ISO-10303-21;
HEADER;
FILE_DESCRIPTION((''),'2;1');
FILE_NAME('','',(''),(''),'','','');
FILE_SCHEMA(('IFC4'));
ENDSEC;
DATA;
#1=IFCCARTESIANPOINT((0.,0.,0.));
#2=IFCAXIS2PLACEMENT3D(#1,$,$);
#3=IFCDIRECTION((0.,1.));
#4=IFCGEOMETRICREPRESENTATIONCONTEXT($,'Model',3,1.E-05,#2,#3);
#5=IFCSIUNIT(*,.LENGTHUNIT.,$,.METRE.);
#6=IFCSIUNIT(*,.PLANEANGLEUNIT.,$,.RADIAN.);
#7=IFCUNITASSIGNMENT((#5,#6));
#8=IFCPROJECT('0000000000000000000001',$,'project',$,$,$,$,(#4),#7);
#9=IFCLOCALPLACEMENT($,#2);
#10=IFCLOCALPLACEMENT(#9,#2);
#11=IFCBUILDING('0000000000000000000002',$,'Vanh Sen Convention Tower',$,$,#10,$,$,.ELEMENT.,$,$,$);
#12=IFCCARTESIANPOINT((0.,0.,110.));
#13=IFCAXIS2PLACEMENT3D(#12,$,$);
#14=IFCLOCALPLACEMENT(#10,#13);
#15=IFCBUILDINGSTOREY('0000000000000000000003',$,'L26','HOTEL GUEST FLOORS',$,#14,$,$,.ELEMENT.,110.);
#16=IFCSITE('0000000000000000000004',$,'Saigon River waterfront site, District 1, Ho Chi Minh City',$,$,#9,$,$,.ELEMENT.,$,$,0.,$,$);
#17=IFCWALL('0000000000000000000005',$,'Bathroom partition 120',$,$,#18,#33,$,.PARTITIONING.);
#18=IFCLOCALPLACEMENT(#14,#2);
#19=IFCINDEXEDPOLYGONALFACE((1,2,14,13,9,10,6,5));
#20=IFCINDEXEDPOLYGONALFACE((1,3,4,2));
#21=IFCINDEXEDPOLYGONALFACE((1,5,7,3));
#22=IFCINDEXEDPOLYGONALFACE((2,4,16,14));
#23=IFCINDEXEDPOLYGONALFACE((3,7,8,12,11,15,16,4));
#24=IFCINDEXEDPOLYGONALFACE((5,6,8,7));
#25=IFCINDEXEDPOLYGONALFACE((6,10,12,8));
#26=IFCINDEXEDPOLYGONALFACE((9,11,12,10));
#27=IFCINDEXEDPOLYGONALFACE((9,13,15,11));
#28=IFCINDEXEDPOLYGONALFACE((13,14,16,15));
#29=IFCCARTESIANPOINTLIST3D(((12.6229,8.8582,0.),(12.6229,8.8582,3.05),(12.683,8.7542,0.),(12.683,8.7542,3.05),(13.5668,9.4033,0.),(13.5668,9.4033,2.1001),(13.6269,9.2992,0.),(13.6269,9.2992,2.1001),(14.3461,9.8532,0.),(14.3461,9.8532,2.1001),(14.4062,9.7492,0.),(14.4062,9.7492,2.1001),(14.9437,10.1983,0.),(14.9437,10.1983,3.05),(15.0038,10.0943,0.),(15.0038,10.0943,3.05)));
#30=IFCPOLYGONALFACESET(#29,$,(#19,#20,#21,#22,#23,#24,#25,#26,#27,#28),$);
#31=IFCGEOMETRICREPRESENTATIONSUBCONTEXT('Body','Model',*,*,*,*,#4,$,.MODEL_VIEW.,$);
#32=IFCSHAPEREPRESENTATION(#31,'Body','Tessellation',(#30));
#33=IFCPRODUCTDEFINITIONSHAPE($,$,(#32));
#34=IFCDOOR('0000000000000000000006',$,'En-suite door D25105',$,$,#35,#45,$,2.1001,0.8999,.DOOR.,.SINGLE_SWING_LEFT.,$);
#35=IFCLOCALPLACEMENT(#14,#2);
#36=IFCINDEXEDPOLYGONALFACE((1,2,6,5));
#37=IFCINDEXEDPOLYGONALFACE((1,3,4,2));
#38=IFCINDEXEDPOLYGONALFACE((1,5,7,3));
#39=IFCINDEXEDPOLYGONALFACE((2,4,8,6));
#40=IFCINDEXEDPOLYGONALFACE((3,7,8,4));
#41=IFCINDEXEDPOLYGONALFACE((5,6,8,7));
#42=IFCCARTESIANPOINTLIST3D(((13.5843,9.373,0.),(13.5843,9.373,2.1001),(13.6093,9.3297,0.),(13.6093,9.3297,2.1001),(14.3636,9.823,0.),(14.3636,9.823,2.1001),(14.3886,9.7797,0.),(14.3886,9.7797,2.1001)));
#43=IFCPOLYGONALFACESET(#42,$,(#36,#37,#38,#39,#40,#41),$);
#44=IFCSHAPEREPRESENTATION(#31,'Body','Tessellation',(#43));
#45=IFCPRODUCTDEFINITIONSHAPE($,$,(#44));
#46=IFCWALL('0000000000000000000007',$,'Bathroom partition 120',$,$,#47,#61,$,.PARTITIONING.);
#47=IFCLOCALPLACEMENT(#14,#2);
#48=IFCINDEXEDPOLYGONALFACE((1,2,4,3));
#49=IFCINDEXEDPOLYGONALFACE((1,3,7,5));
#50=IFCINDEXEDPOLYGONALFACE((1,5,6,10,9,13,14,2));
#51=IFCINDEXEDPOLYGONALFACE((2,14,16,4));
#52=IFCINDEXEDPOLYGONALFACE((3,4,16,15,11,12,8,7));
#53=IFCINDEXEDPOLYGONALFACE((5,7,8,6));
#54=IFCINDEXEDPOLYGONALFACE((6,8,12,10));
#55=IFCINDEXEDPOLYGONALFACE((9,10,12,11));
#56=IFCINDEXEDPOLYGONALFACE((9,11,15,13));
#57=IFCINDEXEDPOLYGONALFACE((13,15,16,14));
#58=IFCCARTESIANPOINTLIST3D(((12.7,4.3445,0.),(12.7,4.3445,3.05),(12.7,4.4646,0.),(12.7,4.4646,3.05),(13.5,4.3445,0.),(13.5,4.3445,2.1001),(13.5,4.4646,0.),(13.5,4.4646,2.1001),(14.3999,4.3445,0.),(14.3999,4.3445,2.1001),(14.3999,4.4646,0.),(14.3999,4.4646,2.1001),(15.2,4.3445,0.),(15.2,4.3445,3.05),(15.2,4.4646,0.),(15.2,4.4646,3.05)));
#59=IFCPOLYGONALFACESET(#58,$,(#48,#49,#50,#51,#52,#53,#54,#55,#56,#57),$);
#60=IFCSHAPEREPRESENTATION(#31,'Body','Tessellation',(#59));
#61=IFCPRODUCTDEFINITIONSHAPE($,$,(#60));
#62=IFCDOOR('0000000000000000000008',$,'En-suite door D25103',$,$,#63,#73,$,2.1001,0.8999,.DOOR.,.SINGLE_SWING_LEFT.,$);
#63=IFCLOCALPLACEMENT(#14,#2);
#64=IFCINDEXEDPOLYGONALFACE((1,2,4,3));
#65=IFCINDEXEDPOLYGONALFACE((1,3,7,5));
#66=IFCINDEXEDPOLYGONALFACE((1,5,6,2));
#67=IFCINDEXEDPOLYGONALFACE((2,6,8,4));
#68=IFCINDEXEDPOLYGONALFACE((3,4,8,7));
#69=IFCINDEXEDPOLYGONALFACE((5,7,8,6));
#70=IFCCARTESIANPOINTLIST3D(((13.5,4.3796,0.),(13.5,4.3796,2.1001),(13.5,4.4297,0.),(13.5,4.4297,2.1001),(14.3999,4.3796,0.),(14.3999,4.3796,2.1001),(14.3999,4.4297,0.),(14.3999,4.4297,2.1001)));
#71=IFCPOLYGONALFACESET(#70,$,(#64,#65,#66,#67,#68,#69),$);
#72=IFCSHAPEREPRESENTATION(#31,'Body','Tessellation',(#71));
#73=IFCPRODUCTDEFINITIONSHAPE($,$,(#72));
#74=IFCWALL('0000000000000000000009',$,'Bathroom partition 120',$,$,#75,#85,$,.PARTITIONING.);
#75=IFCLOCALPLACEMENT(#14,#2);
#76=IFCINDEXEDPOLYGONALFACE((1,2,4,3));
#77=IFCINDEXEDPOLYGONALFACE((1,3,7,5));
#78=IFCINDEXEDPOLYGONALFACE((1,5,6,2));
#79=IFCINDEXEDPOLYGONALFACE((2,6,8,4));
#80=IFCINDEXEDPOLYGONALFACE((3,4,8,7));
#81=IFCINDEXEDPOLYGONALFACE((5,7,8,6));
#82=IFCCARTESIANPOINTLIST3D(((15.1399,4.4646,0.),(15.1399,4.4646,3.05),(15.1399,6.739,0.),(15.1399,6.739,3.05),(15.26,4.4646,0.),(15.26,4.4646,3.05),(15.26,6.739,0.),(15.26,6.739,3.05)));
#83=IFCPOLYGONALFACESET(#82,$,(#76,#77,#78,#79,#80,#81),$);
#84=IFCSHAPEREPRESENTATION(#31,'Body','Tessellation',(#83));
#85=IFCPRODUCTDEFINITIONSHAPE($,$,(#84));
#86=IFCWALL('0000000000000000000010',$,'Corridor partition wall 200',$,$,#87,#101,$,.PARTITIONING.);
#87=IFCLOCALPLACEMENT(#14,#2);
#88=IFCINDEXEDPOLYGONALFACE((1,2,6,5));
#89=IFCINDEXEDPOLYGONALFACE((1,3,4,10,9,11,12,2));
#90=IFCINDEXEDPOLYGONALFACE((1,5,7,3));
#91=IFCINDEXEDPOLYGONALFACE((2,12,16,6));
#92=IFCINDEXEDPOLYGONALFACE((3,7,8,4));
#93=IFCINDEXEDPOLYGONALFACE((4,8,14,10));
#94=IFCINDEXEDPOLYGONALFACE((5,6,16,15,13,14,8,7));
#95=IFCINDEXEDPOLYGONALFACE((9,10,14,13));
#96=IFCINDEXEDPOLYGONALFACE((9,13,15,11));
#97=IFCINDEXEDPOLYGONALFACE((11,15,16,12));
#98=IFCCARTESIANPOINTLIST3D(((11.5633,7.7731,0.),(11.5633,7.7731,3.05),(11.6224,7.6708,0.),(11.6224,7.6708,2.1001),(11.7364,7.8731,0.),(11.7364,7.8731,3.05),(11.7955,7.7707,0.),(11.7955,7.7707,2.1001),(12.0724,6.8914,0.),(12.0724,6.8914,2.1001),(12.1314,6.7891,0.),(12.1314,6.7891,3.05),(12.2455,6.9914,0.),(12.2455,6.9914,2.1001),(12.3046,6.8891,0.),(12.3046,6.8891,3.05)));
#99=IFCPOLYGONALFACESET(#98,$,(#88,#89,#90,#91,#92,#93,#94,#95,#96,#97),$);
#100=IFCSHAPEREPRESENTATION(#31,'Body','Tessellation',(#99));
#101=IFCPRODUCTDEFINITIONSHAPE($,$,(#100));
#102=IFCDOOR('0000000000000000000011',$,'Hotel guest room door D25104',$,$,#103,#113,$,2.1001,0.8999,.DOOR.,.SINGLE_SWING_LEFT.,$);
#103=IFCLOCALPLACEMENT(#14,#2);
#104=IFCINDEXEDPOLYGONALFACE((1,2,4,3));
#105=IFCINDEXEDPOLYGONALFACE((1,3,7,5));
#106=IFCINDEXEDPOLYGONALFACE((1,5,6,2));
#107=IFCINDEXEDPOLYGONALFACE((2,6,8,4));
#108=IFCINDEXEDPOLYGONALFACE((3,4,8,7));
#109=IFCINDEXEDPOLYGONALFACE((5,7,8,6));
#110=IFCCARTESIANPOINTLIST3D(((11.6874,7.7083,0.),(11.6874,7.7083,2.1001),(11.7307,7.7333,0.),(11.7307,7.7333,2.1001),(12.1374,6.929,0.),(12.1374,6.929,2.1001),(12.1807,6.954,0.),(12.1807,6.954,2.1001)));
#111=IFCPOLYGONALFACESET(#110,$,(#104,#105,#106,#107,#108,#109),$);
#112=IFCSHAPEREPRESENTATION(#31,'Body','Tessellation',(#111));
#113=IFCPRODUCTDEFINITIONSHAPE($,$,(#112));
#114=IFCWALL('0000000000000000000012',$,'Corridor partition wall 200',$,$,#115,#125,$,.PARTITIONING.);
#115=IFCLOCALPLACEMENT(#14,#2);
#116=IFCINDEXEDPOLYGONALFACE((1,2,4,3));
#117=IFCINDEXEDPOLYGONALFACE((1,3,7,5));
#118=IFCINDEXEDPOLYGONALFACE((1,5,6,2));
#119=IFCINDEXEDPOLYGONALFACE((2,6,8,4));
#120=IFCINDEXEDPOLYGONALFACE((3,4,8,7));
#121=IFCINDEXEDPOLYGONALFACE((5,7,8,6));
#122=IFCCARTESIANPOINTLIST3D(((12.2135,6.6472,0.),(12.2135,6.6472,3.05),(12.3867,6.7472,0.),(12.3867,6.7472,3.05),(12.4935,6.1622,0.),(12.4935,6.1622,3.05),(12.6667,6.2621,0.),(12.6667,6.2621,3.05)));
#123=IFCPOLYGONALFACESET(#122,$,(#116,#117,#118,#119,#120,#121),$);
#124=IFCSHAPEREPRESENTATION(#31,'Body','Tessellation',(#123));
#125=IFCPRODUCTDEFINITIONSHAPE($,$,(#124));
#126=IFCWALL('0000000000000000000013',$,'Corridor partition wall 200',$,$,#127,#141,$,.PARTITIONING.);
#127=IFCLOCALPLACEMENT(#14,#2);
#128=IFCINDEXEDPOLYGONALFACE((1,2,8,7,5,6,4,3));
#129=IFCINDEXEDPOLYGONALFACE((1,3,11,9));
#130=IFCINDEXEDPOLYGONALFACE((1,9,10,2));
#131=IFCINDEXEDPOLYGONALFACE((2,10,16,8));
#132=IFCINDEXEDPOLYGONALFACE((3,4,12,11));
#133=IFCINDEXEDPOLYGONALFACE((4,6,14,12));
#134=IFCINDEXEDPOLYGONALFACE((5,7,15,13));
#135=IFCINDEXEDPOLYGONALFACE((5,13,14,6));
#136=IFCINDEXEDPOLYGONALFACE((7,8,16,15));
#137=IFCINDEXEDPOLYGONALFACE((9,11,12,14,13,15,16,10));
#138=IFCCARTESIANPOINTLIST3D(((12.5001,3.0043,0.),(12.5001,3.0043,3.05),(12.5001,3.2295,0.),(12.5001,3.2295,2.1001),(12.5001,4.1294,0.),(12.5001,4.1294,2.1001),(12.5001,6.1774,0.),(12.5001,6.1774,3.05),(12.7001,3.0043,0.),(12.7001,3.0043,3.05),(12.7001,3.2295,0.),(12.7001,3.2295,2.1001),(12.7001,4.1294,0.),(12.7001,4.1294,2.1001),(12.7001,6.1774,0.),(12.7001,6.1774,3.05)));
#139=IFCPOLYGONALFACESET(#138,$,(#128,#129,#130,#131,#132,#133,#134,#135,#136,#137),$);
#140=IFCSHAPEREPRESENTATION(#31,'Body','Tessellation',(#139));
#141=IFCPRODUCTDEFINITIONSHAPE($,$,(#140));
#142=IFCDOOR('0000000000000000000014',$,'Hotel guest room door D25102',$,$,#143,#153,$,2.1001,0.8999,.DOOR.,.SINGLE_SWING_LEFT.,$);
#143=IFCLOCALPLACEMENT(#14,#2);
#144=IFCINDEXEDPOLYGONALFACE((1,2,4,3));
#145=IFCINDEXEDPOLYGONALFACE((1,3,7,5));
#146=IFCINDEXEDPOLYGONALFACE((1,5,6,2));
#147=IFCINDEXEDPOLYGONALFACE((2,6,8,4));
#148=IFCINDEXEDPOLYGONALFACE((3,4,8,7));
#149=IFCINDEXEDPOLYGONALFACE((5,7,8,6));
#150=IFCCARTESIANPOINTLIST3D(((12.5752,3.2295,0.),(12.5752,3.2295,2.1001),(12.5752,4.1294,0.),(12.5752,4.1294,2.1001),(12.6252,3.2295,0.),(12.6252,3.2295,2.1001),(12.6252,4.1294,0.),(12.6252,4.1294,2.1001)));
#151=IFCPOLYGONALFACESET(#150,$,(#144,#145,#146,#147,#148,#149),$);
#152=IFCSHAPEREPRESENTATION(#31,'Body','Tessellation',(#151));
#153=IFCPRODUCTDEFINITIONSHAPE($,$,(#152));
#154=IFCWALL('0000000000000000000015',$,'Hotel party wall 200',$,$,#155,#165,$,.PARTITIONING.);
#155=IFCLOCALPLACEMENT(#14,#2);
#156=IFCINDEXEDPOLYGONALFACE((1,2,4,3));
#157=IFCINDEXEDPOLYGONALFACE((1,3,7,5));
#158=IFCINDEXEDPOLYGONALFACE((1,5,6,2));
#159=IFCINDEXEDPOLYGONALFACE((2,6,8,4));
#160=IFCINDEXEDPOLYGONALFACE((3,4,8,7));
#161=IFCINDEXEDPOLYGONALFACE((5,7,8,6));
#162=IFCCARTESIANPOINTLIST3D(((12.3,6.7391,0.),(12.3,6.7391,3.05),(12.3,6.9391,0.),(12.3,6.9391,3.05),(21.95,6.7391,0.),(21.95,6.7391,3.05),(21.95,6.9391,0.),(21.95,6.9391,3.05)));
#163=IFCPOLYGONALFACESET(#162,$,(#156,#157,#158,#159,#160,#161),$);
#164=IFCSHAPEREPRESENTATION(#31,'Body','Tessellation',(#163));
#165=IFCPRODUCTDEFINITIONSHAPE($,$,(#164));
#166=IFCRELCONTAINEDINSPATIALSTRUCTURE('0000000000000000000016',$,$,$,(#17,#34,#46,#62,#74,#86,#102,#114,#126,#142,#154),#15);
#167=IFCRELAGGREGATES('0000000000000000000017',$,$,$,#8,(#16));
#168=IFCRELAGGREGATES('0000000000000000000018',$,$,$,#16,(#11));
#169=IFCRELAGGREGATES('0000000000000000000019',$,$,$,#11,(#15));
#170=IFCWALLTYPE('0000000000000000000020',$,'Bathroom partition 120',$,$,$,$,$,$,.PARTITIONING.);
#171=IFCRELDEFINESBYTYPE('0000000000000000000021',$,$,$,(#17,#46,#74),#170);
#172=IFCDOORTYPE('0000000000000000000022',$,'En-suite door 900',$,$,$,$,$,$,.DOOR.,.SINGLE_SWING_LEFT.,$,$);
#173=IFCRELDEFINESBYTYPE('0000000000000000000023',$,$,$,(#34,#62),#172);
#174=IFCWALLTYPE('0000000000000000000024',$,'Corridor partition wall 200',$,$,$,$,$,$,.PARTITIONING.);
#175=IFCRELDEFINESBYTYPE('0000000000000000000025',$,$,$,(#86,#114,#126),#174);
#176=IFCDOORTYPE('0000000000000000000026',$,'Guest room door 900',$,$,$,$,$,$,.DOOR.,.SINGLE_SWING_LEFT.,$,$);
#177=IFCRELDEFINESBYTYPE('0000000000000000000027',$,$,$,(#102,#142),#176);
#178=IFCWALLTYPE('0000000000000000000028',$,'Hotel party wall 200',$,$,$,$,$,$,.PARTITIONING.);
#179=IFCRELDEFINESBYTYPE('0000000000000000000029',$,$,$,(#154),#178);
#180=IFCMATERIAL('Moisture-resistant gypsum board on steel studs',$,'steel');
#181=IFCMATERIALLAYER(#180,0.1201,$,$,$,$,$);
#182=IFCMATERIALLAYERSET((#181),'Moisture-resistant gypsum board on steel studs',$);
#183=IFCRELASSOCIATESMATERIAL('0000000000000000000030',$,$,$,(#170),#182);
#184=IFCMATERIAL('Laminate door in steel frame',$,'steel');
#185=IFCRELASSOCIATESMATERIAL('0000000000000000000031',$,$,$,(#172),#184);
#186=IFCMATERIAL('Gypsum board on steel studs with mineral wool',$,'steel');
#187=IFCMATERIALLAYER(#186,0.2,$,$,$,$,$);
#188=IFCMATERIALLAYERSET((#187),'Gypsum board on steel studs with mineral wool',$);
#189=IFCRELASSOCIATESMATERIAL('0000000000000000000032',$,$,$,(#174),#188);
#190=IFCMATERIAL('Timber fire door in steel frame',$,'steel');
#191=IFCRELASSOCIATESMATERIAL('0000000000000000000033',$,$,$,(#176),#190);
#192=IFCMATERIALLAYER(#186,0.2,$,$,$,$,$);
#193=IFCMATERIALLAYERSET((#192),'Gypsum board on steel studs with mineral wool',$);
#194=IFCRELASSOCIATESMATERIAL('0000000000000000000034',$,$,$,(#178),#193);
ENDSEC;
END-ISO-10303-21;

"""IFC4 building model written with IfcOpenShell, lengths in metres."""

from ifc_helpers import new_model, si_unit, direction, frame, frame_2d, origin, place, context, subcontext, project, spatial, rectangle, extrude, material, layer, layer_set, type_object, element, fill, save


model = new_model("IFC4")

# Units and contexts
model_context = context("Model", 3, precision=1e-05, world=origin(), true_north=direction((0.0, 1.0)))
body_context = subcontext(model_context, "Body", "Model", "MODEL_VIEW")
ifc_project = project(units=[si_unit("LENGTHUNIT", "METRE"), si_unit("PLANEANGLEUNIT", "RADIAN")], contexts=[model_context])

# Site, building, storey
site_placement = place(None, origin())
site = spatial("IfcSite", under=ifc_project, at=site_placement, Name="Saigon River waterfront site, District 1, Ho Chi Minh City", CompositionType="ELEMENT", RefElevation=0.0)
building_placement = place(site_placement, origin())
building = spatial("IfcBuilding", under=site, at=building_placement, Name="Vanh Sen Convention Tower", CompositionType="ELEMENT")
storey_placement = place(building_placement, frame((0.0, 0.0, 110.0)))
storey = spatial("IfcBuildingStorey", under=building, at=storey_placement, Name="L26", Description="HOTEL GUEST FLOORS", CompositionType="ELEMENT", Elevation=110.0)

# Shared definitions
ifc_material_1 = material(Name="Moisture-resistant gypsum board on steel studs", Category="steel")
ifc_layer_1 = layer(ifc_material_1, 0.1201)
ifc_layer_set_1 = layer_set([ifc_layer_1], Name="Moisture-resistant gypsum board on steel studs")
wall_type_1 = type_object("IfcWallType", Name="Bathroom partition 120", PredefinedType="PARTITIONING", material=ifc_layer_set_1)

# Walls, openings, doors
wall_1_placement = place(storey_placement, frame((14.9736, 10.1462, 0.0), z_axis=(0.0, 0.0, 1.0), x_axis=(-0.865997, -0.500048, 0.0)))
wall_1 = element("IfcWall", 1, at=wall_1_placement, inside=storey, type_object=wall_type_1, Name="Bathroom partition 120", PredefinedType="PARTITIONING", context=body_context, shape_type="SweptSolid", body=[
    extrude(rectangle(XDim=2.6799, YDim=0.1201, at=frame_2d((1.3398, 0.0))), origin(), (0.0, 0.0, 1.0), 3.05),
])
opening_1_placement = place(wall_1_placement, frame((0.6899, 0.0, 0.0)))
opening_1 = element("IfcOpeningElement", 2, at=opening_1_placement, cuts=wall_1, PredefinedType="OPENING", context=body_context, shape_type="SweptSolid", body=[
    extrude(rectangle(XDim=0.8999, YDim=2.1001, at=frame_2d((0.45, 1.05))), frame((0.0, 0.0701, 0.0), z_axis=(0.0, -1.0, 0.0), x_axis=(1.0, 0.0, 0.0)), (0.0, 0.0, 1.0), 0.1401),
])
ifc_material_2 = material(Name="Laminate door in steel frame", Category="steel")
door_type_1 = type_object("IfcDoorType", Name="En-suite door 900", OperationType="SINGLE_SWING_LEFT", PredefinedType="DOOR", material=ifc_material_2)
door_1_placement = place(opening_1_placement, origin())
door_1 = element("IfcDoor", 3, at=door_1_placement, inside=storey, type_object=door_type_1, Name="En-suite door D25105", OperationType="SINGLE_SWING_LEFT", OverallHeight=2.1001, OverallWidth=0.8999, PredefinedType="DOOR", context=body_context, shape_type="SweptSolid", body=[
    extrude(rectangle(XDim=0.8999, YDim=2.1001, at=frame_2d((0.45, 1.05))), frame((0.0, 0.0249, 0.0), z_axis=(0.0, -1.0, 0.0), x_axis=(1.0, 0.0, 0.0)), (0.0, 0.0, 1.0), 0.05),
])
fill(opening_1, door_1)
wall_2_placement = place(storey_placement, frame((15.2, 4.4045, 0.0), z_axis=(0.0, 0.0, 1.0), x_axis=(-1.0, 0.0, 0.0)))
wall_2 = element("IfcWall", 4, at=wall_2_placement, inside=storey, type_object=wall_type_1, Name="Bathroom partition 120", PredefinedType="PARTITIONING", context=body_context, shape_type="SweptSolid", body=[
    extrude(rectangle(XDim=2.5, YDim=0.1201, at=frame_2d((1.25, 0.0))), origin(), (0.0, 0.0, 1.0), 3.05),
])
opening_2_placement = place(wall_2_placement, frame((0.8, 0.0, 0.0)))
opening_2 = element("IfcOpeningElement", 5, at=opening_2_placement, cuts=wall_2, PredefinedType="OPENING", context=body_context, shape_type="SweptSolid", body=[
    extrude(rectangle(XDim=0.8999, YDim=2.1001, at=frame_2d((0.45, 1.05))), frame((0.0, 0.0701, 0.0), z_axis=(0.0, -1.0, 0.0), x_axis=(1.0, 0.0, 0.0)), (0.0, 0.0, 1.0), 0.1401),
])
door_2_placement = place(opening_2_placement, origin())
door_2 = element("IfcDoor", 6, at=door_2_placement, inside=storey, type_object=door_type_1, Name="En-suite door D25103", OperationType="SINGLE_SWING_LEFT", OverallHeight=2.1001, OverallWidth=0.8999, PredefinedType="DOOR", context=body_context, shape_type="SweptSolid", body=[
    extrude(rectangle(XDim=0.8999, YDim=2.1001, at=frame_2d((0.45, 1.05))), frame((0.0, 0.0249, 0.0), z_axis=(0.0, -1.0, 0.0), x_axis=(1.0, 0.0, 0.0)), (0.0, 0.0, 1.0), 0.05),
])
fill(opening_2, door_2)

# Wall
wall_3_placement = place(storey_placement, frame((15.2, 6.739, 0.0), z_axis=(0.0, 0.0, 1.0), x_axis=(0.0, -1.0, 0.0)))
element("IfcWall", 7, at=wall_3_placement, inside=storey, type_object=wall_type_1, Name="Bathroom partition 120", PredefinedType="PARTITIONING", context=body_context, shape_type="SweptSolid", body=[
    extrude(rectangle(XDim=2.2744, YDim=0.1201, at=frame_2d((1.1372, 0.0))), origin(), (0.0, 0.0, 1.0), 3.05),
])

# Wall, opening, door
ifc_material_3 = material(Name="Gypsum board on steel studs with mineral wool", Category="steel")
ifc_layer_2 = layer(ifc_material_3, 0.2)
ifc_layer_set_2 = layer_set([ifc_layer_2], Name="Gypsum board on steel studs with mineral wool")
wall_type_2 = type_object("IfcWallType", Name="Corridor partition wall 200", PredefinedType="PARTITIONING", material=ifc_layer_set_2)
wall_4_placement = place(storey_placement, frame((12.218, 6.8391, 0.0), z_axis=(0.0, 0.0, 1.0), x_axis=(-0.500045, 0.865999, 0.0)))
wall_4 = element("IfcWall", 8, at=wall_4_placement, inside=storey, type_object=wall_type_2, Name="Corridor partition wall 200", PredefinedType="PARTITIONING", context=body_context, shape_type="SweptSolid", body=[
    extrude(rectangle(XDim=1.1362, YDim=0.2, at=frame_2d((0.5681, 0.0))), origin(), (0.0, 0.0, 1.0), 3.05),
])
opening_3_placement = place(wall_4_placement, frame((0.1182, 0.0, 0.0)))
opening_3 = element("IfcOpeningElement", 9, at=opening_3_placement, cuts=wall_4, PredefinedType="OPENING", context=body_context, shape_type="SweptSolid", body=[
    extrude(rectangle(XDim=0.8999, YDim=2.1001, at=frame_2d((0.45, 1.05))), frame((0.0, 0.1099, 0.0), z_axis=(0.0, -1.0, 0.0), x_axis=(1.0, 0.0, 0.0)), (0.0, 0.0, 1.0), 0.22),
])
ifc_material_4 = material(Name="Timber fire door in steel frame", Category="steel")
door_type_2 = type_object("IfcDoorType", Name="Guest room door 900", OperationType="SINGLE_SWING_LEFT", PredefinedType="DOOR", material=ifc_material_4)
door_3_placement = place(opening_3_placement, origin())
door_3 = element("IfcDoor", 10, at=door_3_placement, inside=storey, type_object=door_type_2, Name="Hotel guest room door D25104", OperationType="SINGLE_SWING_LEFT", OverallHeight=2.1001, OverallWidth=0.8999, PredefinedType="DOOR", context=body_context, shape_type="SweptSolid", body=[
    extrude(rectangle(XDim=0.8999, YDim=2.1001, at=frame_2d((0.45, 1.05))), frame((0.0, 0.0249, 0.0), z_axis=(0.0, -1.0, 0.0), x_axis=(1.0, 0.0, 0.0)), (0.0, 0.0, 1.0), 0.05),
])
fill(opening_3, door_3)

# Wall
wall_5_placement = place(storey_placement, frame((12.5801, 6.2122, 0.0), z_axis=(0.0, 0.0, 1.0), x_axis=(-0.499936, 0.866062, 0.0)))
element("IfcWall", 11, at=wall_5_placement, inside=storey, type_object=wall_type_2, Name="Corridor partition wall 200", PredefinedType="PARTITIONING", context=body_context, shape_type="SweptSolid", body=[
    extrude(rectangle(XDim=0.5601, YDim=0.2, at=frame_2d((0.28, 0.0))), origin(), (0.0, 0.0, 1.0), 3.05),
])

# Wall, opening, door
wall_6_placement = place(storey_placement, frame((12.6001, 3.0044, 0.0), z_axis=(0.0, 0.0, 1.0), x_axis=(0.0, 1.0, 0.0)))
wall_6 = element("IfcWall", 12, at=wall_6_placement, inside=storey, type_object=wall_type_2, Name="Corridor partition wall 200", PredefinedType="PARTITIONING", context=body_context, shape_type="SweptSolid", body=[
    extrude(rectangle(XDim=3.1731, YDim=0.2, at=frame_2d((1.5864, 0.0))), origin(), (0.0, 0.0, 1.0), 3.05),
])
opening_4_placement = place(wall_6_placement, frame((0.2251, 0.0, 0.0)))
opening_4 = element("IfcOpeningElement", 13, at=opening_4_placement, cuts=wall_6, PredefinedType="OPENING", context=body_context, shape_type="SweptSolid", body=[
    extrude(rectangle(XDim=0.8999, YDim=2.1001, at=frame_2d((0.45, 1.05))), frame((0.0, 0.1099, 0.0), z_axis=(0.0, -1.0, 0.0), x_axis=(1.0, 0.0, 0.0)), (0.0, 0.0, 1.0), 0.22),
])
door_4_placement = place(opening_4_placement, origin())
door_4 = element("IfcDoor", 14, at=door_4_placement, inside=storey, type_object=door_type_2, Name="Hotel guest room door D25102", OperationType="SINGLE_SWING_LEFT", OverallHeight=2.1001, OverallWidth=0.8999, PredefinedType="DOOR", context=body_context, shape_type="SweptSolid", body=[
    extrude(rectangle(XDim=0.8999, YDim=2.1001, at=frame_2d((0.45, 1.05))), frame((0.0, 0.0249, 0.0), z_axis=(0.0, -1.0, 0.0), x_axis=(1.0, 0.0, 0.0)), (0.0, 0.0, 1.0), 0.05),
])
fill(opening_4, door_4)

# Wall
ifc_layer_3 = layer(ifc_material_3, 0.2)
ifc_layer_set_3 = layer_set([ifc_layer_3], Name="Gypsum board on steel studs with mineral wool")
wall_type_3 = type_object("IfcWallType", Name="Hotel party wall 200", PredefinedType="PARTITIONING", material=ifc_layer_set_3)
wall_7_placement = place(storey_placement, frame((21.95, 6.8391, 0.0), z_axis=(0.0, 0.0, 1.0), x_axis=(-1.0, 0.0, 0.0)))
element("IfcWall", 15, at=wall_7_placement, inside=storey, type_object=wall_type_3, Name="Hotel party wall 200", PredefinedType="PARTITIONING", context=body_context, shape_type="SweptSolid", body=[
    extrude(rectangle(XDim=9.6499, YDim=0.2, at=frame_2d((4.825, 0.0))), origin(), (0.0, 0.0, 1.0), 3.05),
])

save(model, "model.ifc")
